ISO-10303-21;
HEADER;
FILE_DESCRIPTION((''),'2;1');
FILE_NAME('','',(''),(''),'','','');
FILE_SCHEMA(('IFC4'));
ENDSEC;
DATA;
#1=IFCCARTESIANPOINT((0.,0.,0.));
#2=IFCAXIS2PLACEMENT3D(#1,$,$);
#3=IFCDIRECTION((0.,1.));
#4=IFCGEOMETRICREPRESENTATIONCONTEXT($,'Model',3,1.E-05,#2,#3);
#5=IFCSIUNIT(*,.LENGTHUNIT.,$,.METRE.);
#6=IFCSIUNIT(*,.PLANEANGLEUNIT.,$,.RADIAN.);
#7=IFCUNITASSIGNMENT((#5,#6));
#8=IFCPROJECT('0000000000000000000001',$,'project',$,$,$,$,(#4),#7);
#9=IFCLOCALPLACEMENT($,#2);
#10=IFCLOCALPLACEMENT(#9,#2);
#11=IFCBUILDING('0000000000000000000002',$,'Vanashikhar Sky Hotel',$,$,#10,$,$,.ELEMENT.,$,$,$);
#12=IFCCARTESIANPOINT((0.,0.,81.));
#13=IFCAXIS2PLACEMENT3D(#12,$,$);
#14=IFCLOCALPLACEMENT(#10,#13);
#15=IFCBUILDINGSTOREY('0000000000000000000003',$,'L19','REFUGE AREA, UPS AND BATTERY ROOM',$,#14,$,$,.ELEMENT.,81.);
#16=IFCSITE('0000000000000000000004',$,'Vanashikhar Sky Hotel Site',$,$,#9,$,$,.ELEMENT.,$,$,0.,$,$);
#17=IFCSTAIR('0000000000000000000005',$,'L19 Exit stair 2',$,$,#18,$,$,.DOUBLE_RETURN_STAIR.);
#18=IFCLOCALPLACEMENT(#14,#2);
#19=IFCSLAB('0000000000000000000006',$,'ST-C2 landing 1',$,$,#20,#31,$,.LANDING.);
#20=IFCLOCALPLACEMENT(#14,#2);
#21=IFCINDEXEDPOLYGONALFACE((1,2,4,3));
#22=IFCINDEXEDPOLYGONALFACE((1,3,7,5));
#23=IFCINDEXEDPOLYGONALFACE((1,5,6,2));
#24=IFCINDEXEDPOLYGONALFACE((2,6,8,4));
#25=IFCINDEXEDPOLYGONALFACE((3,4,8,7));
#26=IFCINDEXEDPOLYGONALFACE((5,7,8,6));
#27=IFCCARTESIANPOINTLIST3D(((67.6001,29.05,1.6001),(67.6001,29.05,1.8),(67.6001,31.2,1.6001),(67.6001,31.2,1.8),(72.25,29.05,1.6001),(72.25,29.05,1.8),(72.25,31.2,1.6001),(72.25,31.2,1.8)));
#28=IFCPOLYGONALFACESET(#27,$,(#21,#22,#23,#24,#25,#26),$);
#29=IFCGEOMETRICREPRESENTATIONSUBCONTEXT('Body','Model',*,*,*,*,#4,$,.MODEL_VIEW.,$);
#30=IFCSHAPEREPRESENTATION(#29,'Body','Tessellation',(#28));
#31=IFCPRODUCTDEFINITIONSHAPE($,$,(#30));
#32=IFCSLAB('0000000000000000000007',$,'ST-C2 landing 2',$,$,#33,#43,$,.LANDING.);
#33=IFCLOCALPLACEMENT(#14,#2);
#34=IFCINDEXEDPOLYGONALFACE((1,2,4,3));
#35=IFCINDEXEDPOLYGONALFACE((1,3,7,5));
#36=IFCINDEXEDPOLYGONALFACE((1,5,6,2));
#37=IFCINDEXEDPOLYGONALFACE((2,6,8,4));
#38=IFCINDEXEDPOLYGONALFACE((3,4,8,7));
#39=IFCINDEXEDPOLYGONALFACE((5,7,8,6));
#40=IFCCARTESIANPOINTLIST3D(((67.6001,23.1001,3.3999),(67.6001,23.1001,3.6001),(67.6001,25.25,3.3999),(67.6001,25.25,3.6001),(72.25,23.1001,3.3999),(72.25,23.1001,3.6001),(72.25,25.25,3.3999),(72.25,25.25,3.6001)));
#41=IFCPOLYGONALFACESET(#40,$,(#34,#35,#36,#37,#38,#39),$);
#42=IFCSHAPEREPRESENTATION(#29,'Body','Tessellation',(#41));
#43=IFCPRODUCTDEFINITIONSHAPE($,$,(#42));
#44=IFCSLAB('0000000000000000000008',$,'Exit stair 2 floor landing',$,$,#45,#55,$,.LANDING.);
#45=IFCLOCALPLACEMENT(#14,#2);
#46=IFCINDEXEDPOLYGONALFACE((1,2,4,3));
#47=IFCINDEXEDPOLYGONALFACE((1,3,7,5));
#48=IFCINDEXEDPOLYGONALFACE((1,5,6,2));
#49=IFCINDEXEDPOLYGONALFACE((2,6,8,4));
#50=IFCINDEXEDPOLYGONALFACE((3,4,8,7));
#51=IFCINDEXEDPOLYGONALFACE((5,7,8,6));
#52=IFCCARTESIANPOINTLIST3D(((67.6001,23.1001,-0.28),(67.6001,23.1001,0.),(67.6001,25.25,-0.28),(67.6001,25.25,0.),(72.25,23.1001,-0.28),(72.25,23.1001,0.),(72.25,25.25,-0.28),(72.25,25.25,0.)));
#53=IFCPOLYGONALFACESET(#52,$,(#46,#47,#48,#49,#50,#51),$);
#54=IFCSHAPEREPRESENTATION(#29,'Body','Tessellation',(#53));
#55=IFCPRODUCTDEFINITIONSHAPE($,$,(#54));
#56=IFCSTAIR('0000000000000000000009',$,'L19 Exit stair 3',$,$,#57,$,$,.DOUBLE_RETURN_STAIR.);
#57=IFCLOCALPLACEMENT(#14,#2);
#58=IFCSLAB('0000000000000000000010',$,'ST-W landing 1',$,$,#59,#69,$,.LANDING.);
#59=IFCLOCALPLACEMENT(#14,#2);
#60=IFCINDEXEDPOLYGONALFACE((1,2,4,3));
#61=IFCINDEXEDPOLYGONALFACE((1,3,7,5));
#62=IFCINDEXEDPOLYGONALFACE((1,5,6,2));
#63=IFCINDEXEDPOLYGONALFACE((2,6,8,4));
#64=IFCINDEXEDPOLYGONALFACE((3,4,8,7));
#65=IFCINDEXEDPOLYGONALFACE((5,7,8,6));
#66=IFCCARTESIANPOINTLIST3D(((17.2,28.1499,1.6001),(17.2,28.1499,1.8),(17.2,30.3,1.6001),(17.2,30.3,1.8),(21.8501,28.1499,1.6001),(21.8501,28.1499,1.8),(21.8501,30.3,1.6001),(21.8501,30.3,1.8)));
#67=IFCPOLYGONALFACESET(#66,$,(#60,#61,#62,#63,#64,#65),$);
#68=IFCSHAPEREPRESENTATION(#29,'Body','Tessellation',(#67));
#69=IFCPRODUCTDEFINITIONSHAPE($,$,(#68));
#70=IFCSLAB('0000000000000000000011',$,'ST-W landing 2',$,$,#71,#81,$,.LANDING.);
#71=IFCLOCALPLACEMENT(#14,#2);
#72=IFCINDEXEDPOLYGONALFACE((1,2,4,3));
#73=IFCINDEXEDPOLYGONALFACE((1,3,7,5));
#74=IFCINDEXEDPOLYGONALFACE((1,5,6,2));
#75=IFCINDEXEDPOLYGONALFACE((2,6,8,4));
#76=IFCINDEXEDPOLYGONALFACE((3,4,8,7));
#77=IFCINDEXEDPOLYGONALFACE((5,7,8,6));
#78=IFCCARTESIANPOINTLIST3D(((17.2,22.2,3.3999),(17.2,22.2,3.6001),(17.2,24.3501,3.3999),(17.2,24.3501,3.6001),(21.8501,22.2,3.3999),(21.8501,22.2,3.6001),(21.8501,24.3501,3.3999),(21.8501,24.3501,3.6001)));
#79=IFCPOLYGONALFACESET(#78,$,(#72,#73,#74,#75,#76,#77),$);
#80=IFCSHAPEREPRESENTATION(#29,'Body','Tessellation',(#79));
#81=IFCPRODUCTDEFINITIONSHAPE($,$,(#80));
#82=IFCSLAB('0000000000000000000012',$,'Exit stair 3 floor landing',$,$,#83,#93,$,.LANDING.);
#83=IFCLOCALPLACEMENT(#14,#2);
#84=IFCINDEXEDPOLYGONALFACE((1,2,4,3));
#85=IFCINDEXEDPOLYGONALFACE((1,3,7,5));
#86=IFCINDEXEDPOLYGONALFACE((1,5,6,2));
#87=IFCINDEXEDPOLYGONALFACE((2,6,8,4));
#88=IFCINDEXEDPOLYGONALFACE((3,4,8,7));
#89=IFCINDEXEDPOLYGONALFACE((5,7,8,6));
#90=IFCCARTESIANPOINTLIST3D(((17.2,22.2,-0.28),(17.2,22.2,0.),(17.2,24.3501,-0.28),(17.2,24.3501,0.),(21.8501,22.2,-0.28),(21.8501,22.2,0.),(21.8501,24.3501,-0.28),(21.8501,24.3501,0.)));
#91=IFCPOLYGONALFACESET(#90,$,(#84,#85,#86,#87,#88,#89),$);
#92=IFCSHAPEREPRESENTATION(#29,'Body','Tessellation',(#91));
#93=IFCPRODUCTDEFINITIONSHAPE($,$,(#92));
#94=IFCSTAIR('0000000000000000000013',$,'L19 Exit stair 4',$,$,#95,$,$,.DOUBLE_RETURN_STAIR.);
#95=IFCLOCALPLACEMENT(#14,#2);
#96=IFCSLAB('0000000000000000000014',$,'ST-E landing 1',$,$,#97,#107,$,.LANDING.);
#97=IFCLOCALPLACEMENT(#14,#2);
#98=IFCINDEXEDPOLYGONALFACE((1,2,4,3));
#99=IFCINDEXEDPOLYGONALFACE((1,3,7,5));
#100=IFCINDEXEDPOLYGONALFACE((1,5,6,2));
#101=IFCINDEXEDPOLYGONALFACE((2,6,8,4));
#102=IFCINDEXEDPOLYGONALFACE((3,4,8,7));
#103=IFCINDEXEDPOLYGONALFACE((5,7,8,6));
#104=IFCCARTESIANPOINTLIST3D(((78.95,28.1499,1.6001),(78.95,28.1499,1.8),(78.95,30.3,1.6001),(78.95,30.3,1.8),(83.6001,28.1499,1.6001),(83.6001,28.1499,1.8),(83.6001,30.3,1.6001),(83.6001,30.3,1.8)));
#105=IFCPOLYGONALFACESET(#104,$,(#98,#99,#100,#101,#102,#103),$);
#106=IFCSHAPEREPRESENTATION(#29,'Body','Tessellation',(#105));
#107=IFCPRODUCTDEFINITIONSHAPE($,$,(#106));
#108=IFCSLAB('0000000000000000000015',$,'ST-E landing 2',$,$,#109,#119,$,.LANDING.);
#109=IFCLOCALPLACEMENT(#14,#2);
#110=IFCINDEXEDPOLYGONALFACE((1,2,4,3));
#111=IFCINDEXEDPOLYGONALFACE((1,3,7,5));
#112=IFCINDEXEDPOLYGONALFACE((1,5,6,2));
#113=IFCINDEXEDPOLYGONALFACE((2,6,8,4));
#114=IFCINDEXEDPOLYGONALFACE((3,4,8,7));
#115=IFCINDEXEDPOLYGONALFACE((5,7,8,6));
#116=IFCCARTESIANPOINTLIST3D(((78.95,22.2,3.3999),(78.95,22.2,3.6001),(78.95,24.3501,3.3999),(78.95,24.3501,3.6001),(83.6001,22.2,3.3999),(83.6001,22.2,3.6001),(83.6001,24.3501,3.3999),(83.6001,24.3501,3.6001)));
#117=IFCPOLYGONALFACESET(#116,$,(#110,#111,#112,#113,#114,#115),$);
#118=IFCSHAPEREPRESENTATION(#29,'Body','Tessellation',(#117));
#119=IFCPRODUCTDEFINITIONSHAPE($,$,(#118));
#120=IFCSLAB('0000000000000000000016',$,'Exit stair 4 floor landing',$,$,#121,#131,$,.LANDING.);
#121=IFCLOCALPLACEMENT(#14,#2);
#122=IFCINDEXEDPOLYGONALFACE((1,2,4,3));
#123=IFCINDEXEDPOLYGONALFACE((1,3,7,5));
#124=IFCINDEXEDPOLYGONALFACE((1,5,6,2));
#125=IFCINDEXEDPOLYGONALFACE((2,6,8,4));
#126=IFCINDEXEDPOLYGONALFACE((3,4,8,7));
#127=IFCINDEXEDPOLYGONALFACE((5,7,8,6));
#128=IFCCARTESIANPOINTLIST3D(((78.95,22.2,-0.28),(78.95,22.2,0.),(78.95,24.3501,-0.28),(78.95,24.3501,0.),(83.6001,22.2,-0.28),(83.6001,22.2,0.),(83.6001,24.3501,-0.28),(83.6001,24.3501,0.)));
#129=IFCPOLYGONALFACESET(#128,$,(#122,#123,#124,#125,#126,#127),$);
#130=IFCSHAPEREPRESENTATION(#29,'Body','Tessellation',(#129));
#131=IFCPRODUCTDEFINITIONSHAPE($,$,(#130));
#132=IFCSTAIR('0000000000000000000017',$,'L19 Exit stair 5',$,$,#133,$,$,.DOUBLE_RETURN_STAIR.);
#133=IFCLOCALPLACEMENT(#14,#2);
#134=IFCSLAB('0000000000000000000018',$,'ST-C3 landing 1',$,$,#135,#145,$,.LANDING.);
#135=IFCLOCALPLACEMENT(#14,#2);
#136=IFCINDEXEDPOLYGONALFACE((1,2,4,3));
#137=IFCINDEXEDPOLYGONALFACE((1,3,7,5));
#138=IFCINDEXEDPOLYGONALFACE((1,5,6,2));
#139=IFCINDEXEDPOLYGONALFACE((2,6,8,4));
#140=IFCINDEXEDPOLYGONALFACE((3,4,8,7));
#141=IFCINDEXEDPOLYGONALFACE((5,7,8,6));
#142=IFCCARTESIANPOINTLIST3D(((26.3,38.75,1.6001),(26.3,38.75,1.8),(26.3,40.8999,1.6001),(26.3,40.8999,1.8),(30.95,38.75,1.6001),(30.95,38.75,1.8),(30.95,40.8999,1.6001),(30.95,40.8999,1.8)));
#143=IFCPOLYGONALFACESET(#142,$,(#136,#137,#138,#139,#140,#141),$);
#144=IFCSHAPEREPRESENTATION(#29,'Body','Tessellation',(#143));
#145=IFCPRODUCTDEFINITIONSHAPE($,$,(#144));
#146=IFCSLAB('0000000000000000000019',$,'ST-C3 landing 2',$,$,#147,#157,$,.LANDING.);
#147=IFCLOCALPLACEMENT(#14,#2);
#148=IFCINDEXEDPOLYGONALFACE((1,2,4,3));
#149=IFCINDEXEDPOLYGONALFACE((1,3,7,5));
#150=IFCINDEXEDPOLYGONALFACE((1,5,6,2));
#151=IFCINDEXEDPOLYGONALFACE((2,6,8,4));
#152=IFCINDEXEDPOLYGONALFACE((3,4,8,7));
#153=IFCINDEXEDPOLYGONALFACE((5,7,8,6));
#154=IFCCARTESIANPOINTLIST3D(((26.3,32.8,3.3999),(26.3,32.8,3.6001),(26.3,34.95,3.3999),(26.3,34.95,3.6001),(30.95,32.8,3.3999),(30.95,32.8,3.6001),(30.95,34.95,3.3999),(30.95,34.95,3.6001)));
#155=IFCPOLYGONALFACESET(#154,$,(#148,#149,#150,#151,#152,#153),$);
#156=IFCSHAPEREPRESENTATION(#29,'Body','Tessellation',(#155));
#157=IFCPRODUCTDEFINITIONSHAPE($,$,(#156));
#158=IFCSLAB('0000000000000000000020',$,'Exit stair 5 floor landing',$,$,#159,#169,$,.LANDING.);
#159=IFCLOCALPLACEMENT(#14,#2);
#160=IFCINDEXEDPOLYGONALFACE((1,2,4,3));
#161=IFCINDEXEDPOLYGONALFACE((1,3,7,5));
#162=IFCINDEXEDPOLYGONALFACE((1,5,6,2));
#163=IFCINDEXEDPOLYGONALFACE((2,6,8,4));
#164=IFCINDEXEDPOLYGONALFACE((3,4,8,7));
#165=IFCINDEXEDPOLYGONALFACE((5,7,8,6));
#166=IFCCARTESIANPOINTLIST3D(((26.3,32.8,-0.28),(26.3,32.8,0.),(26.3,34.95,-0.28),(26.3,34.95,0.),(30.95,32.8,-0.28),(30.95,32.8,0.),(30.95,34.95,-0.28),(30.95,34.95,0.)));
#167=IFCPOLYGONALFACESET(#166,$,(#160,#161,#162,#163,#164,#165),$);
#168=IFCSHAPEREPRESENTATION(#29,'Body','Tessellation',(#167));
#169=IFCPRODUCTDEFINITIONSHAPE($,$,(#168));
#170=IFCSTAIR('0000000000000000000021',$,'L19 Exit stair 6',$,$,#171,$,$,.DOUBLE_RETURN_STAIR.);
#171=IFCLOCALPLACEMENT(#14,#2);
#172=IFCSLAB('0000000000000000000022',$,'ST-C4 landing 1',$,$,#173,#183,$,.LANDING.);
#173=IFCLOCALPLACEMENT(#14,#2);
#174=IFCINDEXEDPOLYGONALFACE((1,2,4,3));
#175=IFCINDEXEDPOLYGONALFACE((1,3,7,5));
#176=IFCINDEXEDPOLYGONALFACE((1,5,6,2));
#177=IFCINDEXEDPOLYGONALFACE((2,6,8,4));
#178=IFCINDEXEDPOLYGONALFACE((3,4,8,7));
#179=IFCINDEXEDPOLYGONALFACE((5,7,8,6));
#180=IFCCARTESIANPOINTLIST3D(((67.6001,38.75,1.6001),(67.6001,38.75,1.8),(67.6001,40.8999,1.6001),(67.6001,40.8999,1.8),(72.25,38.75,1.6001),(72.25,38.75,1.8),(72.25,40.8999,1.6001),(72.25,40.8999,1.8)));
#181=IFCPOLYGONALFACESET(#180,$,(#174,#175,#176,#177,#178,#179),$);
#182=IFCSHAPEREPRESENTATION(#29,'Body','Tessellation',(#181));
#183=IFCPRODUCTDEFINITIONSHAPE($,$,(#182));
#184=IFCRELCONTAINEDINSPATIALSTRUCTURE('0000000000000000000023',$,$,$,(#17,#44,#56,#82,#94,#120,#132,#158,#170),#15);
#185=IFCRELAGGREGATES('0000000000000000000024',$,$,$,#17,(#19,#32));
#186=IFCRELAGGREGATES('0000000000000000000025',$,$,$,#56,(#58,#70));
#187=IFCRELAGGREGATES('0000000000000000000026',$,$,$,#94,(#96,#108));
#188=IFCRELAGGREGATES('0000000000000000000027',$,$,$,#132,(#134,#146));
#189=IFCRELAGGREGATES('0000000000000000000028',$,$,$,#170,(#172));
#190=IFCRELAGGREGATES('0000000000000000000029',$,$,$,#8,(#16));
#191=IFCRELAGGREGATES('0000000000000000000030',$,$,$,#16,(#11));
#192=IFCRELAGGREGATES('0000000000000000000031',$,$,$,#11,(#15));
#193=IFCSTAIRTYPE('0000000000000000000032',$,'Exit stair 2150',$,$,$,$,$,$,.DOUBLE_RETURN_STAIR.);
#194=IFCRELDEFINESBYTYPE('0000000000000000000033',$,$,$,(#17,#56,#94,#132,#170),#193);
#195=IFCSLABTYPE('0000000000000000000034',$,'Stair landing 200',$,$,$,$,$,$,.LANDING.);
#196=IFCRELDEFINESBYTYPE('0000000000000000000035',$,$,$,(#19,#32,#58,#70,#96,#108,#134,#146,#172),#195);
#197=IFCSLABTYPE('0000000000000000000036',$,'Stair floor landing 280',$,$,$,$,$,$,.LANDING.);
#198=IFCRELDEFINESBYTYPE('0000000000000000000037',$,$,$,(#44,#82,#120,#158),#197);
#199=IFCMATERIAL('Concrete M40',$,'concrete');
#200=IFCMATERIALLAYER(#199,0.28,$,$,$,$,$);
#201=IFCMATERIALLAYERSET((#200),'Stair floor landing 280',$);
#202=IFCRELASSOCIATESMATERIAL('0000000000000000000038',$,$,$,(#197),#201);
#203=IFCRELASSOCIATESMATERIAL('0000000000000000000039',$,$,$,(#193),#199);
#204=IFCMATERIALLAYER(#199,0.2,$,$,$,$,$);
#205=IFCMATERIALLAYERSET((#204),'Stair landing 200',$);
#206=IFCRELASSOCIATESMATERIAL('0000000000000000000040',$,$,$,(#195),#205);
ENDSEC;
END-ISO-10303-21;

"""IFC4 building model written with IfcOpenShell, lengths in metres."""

from ifc_helpers import new_model, si_unit, direction, frame, origin, place, context, subcontext, project, spatial, polyline, outline, extrude, source, transform, mapped, material, layer, layer_set, type_object, element, aggregate, save


model = new_model("IFC4")

# Units and contexts
model_context = context("Model", 3, precision=1e-05, world=origin(), true_north=direction((0.0, 1.0)))
body_context = subcontext(model_context, "Body", "Model", "MODEL_VIEW")
ifc_project = project(units=[si_unit("LENGTHUNIT", "METRE"), si_unit("PLANEANGLEUNIT", "RADIAN")], contexts=[model_context])

# Site, building, storey
site_placement = place(None, origin())
site = spatial("IfcSite", under=ifc_project, at=site_placement, Name="Vanashikhar Sky Hotel Site", CompositionType="ELEMENT", RefElevation=0.0)
building_placement = place(site_placement, origin())
building = spatial("IfcBuilding", under=site, at=building_placement, Name="Vanashikhar Sky Hotel", CompositionType="ELEMENT")
storey_placement = place(building_placement, frame((0.0, 0.0, 81.0)))
storey = spatial("IfcBuildingStorey", under=building, at=storey_placement, Name="L19", Description="REFUGE AREA, UPS AND BATTERY ROOM", CompositionType="ELEMENT", Elevation=81.0)

# Shared definitions
ifc_material_1 = material(Name="Concrete M40", Category="concrete")
ifc_layer_1 = layer(ifc_material_1, 0.28)
ifc_layer_set_1 = layer_set([ifc_layer_1], Name="Stair floor landing 280")
slab_type_1 = type_object("IfcSlabType", Name="Stair floor landing 280", PredefinedType="LANDING", material=ifc_layer_set_1)

# Shared definitions
stair_type = type_object("IfcStairType", Name="Exit stair 2150", PredefinedType="DOUBLE_RETURN_STAIR", material=ifc_material_1)
ifc_layer_2 = layer(ifc_material_1, 0.2)
ifc_layer_set_2 = layer_set([ifc_layer_2], Name="Stair landing 200")
slab_type_2 = type_object("IfcSlabType", Name="Stair landing 200", PredefinedType="LANDING", material=ifc_layer_set_2)

# Stair, slabs
stair_1_placement = place(storey_placement, origin())
stair_1 = element("IfcStair", 1, at=stair_1_placement, inside=storey, type_object=stair_type, Name="L19 Exit stair 2", PredefinedType="DOUBLE_RETURN_STAIR")
shared_shape_1 = source(origin(), body_context, "Body", "SweptSolid", [
    extrude(outline(polyline([(72.25, 29.05), (72.25, 31.2), (67.6001, 31.2), (67.6001, 29.05), (72.25, 29.05)])), origin(), (0.0, 0.0, 1.0), 0.2),
])
slab_1_placement = place(storey_placement, frame((0.0, 0.0, 1.6001)))
slab_1 = element("IfcSlab", 2, at=slab_1_placement, type_object=slab_type_2, Name="ST-C2 landing 1", PredefinedType="LANDING", context=body_context, shape_type="MappedRepresentation", body=[
    mapped(shared_shape_1, transform((0.0, 0.0, 0.0), scale=1.0)),
])
shared_shape_2 = source(origin(), body_context, "Body", "SweptSolid", [
    extrude(outline(polyline([(72.25, 23.1001), (72.25, 25.25), (67.6001, 25.25), (67.6001, 23.1001), (72.25, 23.1001)])), origin(), (0.0, 0.0, 1.0), 0.2002),
])
slab_2_placement = place(storey_placement, frame((0.0, 0.0, 3.3999)))
slab_2 = element("IfcSlab", 3, at=slab_2_placement, type_object=slab_type_2, Name="ST-C2 landing 2", PredefinedType="LANDING", context=body_context, shape_type="MappedRepresentation", body=[
    mapped(shared_shape_2, transform((0.0, 0.0, 0.0), scale=1.0)),
])
aggregate(stair_1, [slab_1, slab_2])

# Slab
shared_shape_3 = source(origin(), body_context, "Body", "SweptSolid", [
    extrude(outline(polyline([(72.25, 23.1001), (72.25, 25.25), (67.6001, 25.25), (67.6001, 23.1001), (72.25, 23.1001)])), origin(), (0.0, 0.0, 1.0), 0.28),
])
slab_3_placement = place(storey_placement, frame((0.0, 0.0, -0.28)))
element("IfcSlab", 4, at=slab_3_placement, inside=storey, type_object=slab_type_1, Name="Exit stair 2 floor landing", PredefinedType="LANDING", context=body_context, shape_type="MappedRepresentation", body=[
    mapped(shared_shape_3, transform((0.0, 0.0, 0.0), scale=1.0)),
])

# Stair, slabs
stair_2_placement = place(storey_placement, origin())
stair_2 = element("IfcStair", 5, at=stair_2_placement, inside=storey, type_object=stair_type, Name="L19 Exit stair 3", PredefinedType="DOUBLE_RETURN_STAIR")
shared_shape_4 = source(origin(), body_context, "Body", "SweptSolid", [
    extrude(outline(polyline([(21.8501, 28.1499), (21.8501, 30.3), (17.2, 30.3), (17.2, 28.1499), (21.8501, 28.1499)])), origin(), (0.0, 0.0, 1.0), 0.2),
])
slab_4_placement = place(storey_placement, frame((0.0, 0.0, 1.6001)))
slab_4 = element("IfcSlab", 6, at=slab_4_placement, type_object=slab_type_2, Name="ST-W landing 1", PredefinedType="LANDING", context=body_context, shape_type="MappedRepresentation", body=[
    mapped(shared_shape_4, transform((0.0, 0.0, 0.0), scale=1.0)),
])
shared_shape_5 = source(origin(), body_context, "Body", "SweptSolid", [
    extrude(outline(polyline([(21.8501, 22.2), (21.8501, 24.3501), (17.2, 24.3501), (17.2, 22.2), (21.8501, 22.2)])), origin(), (0.0, 0.0, 1.0), 0.2002),
])
slab_5_placement = place(storey_placement, frame((0.0, 0.0, 3.3999)))
slab_5 = element("IfcSlab", 7, at=slab_5_placement, type_object=slab_type_2, Name="ST-W landing 2", PredefinedType="LANDING", context=body_context, shape_type="MappedRepresentation", body=[
    mapped(shared_shape_5, transform((0.0, 0.0, 0.0), scale=1.0)),
])
aggregate(stair_2, [slab_4, slab_5])

# Slab
shared_shape_6 = source(origin(), body_context, "Body", "SweptSolid", [
    extrude(outline(polyline([(21.8501, 22.2), (21.8501, 24.3501), (17.2, 24.3501), (17.2, 22.2), (21.8501, 22.2)])), origin(), (0.0, 0.0, 1.0), 0.28),
])
slab_6_placement = place(storey_placement, frame((0.0, 0.0, -0.28)))
element("IfcSlab", 8, at=slab_6_placement, inside=storey, type_object=slab_type_1, Name="Exit stair 3 floor landing", PredefinedType="LANDING", context=body_context, shape_type="MappedRepresentation", body=[
    mapped(shared_shape_6, transform((0.0, 0.0, 0.0), scale=1.0)),
])

# Stair, slabs
stair_3_placement = place(storey_placement, origin())
stair_3 = element("IfcStair", 9, at=stair_3_placement, inside=storey, type_object=stair_type, Name="L19 Exit stair 4", PredefinedType="DOUBLE_RETURN_STAIR")
shared_shape_7 = source(origin(), body_context, "Body", "SweptSolid", [
    extrude(outline(polyline([(83.6001, 28.1499), (83.6001, 30.3), (78.95, 30.3), (78.95, 28.1499), (83.6001, 28.1499)])), origin(), (0.0, 0.0, 1.0), 0.2),
])
slab_7_placement = place(storey_placement, frame((0.0, 0.0, 1.6001)))
slab_7 = element("IfcSlab", 10, at=slab_7_placement, type_object=slab_type_2, Name="ST-E landing 1", PredefinedType="LANDING", context=body_context, shape_type="MappedRepresentation", body=[
    mapped(shared_shape_7, transform((0.0, 0.0, 0.0), scale=1.0)),
])
shared_shape_8 = source(origin(), body_context, "Body", "SweptSolid", [
    extrude(outline(polyline([(83.6001, 22.2), (83.6001, 24.3501), (78.95, 24.3501), (78.95, 22.2), (83.6001, 22.2)])), origin(), (0.0, 0.0, 1.0), 0.2002),
])
slab_8_placement = place(storey_placement, frame((0.0, 0.0, 3.3999)))
slab_8 = element("IfcSlab", 11, at=slab_8_placement, type_object=slab_type_2, Name="ST-E landing 2", PredefinedType="LANDING", context=body_context, shape_type="MappedRepresentation", body=[
    mapped(shared_shape_8, transform((0.0, 0.0, 0.0), scale=1.0)),
])
aggregate(stair_3, [slab_7, slab_8])

# Slab
shared_shape_9 = source(origin(), body_context, "Body", "SweptSolid", [
    extrude(outline(polyline([(83.6001, 22.2), (83.6001, 24.3501), (78.95, 24.3501), (78.95, 22.2), (83.6001, 22.2)])), origin(), (0.0, 0.0, 1.0), 0.28),
])
slab_9_placement = place(storey_placement, frame((0.0, 0.0, -0.28)))
element("IfcSlab", 12, at=slab_9_placement, inside=storey, type_object=slab_type_1, Name="Exit stair 4 floor landing", PredefinedType="LANDING", context=body_context, shape_type="MappedRepresentation", body=[
    mapped(shared_shape_9, transform((0.0, 0.0, 0.0), scale=1.0)),
])

# Stair, slabs
stair_4_placement = place(storey_placement, origin())
stair_4 = element("IfcStair", 13, at=stair_4_placement, inside=storey, type_object=stair_type, Name="L19 Exit stair 5", PredefinedType="DOUBLE_RETURN_STAIR")
shared_shape_10 = source(origin(), body_context, "Body", "SweptSolid", [
    extrude(outline(polyline([(30.95, 38.75), (30.95, 40.8999), (26.3, 40.8999), (26.3, 38.75), (30.95, 38.75)])), origin(), (0.0, 0.0, 1.0), 0.2),
])
slab_10_placement = place(storey_placement, frame((0.0, 0.0, 1.6001)))
slab_10 = element("IfcSlab", 14, at=slab_10_placement, type_object=slab_type_2, Name="ST-C3 landing 1", PredefinedType="LANDING", context=body_context, shape_type="MappedRepresentation", body=[
    mapped(shared_shape_10, transform((0.0, 0.0, 0.0), scale=1.0)),
])
shared_shape_11 = source(origin(), body_context, "Body", "SweptSolid", [
    extrude(outline(polyline([(30.95, 32.8), (30.95, 34.95), (26.3, 34.95), (26.3, 32.8), (30.95, 32.8)])), origin(), (0.0, 0.0, 1.0), 0.2002),
])
slab_11_placement = place(storey_placement, frame((0.0, 0.0, 3.3999)))
slab_11 = element("IfcSlab", 15, at=slab_11_placement, type_object=slab_type_2, Name="ST-C3 landing 2", PredefinedType="LANDING", context=body_context, shape_type="MappedRepresentation", body=[
    mapped(shared_shape_11, transform((0.0, 0.0, 0.0), scale=1.0)),
])
aggregate(stair_4, [slab_10, slab_11])

# Slab
shared_shape_12 = source(origin(), body_context, "Body", "SweptSolid", [
    extrude(outline(polyline([(30.95, 32.8), (30.95, 34.95), (26.3, 34.95), (26.3, 32.8), (30.95, 32.8)])), origin(), (0.0, 0.0, 1.0), 0.28),
])
slab_12_placement = place(storey_placement, frame((0.0, 0.0, -0.28)))
element("IfcSlab", 16, at=slab_12_placement, inside=storey, type_object=slab_type_1, Name="Exit stair 5 floor landing", PredefinedType="LANDING", context=body_context, shape_type="MappedRepresentation", body=[
    mapped(shared_shape_12, transform((0.0, 0.0, 0.0), scale=1.0)),
])

# Stair, slab
stair_5_placement = place(storey_placement, origin())
stair_5 = element("IfcStair", 17, at=stair_5_placement, inside=storey, type_object=stair_type, Name="L19 Exit stair 6", PredefinedType="DOUBLE_RETURN_STAIR")
shared_shape_13 = source(origin(), body_context, "Body", "SweptSolid", [
    extrude(outline(polyline([(72.25, 38.75), (72.25, 40.8999), (67.6001, 40.8999), (67.6001, 38.75), (72.25, 38.75)])), origin(), (0.0, 0.0, 1.0), 0.2),
])
slab_13_placement = place(storey_placement, frame((0.0, 0.0, 1.6001)))
slab_13 = element("IfcSlab", 18, at=slab_13_placement, type_object=slab_type_2, Name="ST-C4 landing 1", PredefinedType="LANDING", context=body_context, shape_type="MappedRepresentation", body=[
    mapped(shared_shape_13, transform((0.0, 0.0, 0.0), scale=1.0)),
])
aggregate(stair_5, [slab_13])

save(model, "model.ifc")
